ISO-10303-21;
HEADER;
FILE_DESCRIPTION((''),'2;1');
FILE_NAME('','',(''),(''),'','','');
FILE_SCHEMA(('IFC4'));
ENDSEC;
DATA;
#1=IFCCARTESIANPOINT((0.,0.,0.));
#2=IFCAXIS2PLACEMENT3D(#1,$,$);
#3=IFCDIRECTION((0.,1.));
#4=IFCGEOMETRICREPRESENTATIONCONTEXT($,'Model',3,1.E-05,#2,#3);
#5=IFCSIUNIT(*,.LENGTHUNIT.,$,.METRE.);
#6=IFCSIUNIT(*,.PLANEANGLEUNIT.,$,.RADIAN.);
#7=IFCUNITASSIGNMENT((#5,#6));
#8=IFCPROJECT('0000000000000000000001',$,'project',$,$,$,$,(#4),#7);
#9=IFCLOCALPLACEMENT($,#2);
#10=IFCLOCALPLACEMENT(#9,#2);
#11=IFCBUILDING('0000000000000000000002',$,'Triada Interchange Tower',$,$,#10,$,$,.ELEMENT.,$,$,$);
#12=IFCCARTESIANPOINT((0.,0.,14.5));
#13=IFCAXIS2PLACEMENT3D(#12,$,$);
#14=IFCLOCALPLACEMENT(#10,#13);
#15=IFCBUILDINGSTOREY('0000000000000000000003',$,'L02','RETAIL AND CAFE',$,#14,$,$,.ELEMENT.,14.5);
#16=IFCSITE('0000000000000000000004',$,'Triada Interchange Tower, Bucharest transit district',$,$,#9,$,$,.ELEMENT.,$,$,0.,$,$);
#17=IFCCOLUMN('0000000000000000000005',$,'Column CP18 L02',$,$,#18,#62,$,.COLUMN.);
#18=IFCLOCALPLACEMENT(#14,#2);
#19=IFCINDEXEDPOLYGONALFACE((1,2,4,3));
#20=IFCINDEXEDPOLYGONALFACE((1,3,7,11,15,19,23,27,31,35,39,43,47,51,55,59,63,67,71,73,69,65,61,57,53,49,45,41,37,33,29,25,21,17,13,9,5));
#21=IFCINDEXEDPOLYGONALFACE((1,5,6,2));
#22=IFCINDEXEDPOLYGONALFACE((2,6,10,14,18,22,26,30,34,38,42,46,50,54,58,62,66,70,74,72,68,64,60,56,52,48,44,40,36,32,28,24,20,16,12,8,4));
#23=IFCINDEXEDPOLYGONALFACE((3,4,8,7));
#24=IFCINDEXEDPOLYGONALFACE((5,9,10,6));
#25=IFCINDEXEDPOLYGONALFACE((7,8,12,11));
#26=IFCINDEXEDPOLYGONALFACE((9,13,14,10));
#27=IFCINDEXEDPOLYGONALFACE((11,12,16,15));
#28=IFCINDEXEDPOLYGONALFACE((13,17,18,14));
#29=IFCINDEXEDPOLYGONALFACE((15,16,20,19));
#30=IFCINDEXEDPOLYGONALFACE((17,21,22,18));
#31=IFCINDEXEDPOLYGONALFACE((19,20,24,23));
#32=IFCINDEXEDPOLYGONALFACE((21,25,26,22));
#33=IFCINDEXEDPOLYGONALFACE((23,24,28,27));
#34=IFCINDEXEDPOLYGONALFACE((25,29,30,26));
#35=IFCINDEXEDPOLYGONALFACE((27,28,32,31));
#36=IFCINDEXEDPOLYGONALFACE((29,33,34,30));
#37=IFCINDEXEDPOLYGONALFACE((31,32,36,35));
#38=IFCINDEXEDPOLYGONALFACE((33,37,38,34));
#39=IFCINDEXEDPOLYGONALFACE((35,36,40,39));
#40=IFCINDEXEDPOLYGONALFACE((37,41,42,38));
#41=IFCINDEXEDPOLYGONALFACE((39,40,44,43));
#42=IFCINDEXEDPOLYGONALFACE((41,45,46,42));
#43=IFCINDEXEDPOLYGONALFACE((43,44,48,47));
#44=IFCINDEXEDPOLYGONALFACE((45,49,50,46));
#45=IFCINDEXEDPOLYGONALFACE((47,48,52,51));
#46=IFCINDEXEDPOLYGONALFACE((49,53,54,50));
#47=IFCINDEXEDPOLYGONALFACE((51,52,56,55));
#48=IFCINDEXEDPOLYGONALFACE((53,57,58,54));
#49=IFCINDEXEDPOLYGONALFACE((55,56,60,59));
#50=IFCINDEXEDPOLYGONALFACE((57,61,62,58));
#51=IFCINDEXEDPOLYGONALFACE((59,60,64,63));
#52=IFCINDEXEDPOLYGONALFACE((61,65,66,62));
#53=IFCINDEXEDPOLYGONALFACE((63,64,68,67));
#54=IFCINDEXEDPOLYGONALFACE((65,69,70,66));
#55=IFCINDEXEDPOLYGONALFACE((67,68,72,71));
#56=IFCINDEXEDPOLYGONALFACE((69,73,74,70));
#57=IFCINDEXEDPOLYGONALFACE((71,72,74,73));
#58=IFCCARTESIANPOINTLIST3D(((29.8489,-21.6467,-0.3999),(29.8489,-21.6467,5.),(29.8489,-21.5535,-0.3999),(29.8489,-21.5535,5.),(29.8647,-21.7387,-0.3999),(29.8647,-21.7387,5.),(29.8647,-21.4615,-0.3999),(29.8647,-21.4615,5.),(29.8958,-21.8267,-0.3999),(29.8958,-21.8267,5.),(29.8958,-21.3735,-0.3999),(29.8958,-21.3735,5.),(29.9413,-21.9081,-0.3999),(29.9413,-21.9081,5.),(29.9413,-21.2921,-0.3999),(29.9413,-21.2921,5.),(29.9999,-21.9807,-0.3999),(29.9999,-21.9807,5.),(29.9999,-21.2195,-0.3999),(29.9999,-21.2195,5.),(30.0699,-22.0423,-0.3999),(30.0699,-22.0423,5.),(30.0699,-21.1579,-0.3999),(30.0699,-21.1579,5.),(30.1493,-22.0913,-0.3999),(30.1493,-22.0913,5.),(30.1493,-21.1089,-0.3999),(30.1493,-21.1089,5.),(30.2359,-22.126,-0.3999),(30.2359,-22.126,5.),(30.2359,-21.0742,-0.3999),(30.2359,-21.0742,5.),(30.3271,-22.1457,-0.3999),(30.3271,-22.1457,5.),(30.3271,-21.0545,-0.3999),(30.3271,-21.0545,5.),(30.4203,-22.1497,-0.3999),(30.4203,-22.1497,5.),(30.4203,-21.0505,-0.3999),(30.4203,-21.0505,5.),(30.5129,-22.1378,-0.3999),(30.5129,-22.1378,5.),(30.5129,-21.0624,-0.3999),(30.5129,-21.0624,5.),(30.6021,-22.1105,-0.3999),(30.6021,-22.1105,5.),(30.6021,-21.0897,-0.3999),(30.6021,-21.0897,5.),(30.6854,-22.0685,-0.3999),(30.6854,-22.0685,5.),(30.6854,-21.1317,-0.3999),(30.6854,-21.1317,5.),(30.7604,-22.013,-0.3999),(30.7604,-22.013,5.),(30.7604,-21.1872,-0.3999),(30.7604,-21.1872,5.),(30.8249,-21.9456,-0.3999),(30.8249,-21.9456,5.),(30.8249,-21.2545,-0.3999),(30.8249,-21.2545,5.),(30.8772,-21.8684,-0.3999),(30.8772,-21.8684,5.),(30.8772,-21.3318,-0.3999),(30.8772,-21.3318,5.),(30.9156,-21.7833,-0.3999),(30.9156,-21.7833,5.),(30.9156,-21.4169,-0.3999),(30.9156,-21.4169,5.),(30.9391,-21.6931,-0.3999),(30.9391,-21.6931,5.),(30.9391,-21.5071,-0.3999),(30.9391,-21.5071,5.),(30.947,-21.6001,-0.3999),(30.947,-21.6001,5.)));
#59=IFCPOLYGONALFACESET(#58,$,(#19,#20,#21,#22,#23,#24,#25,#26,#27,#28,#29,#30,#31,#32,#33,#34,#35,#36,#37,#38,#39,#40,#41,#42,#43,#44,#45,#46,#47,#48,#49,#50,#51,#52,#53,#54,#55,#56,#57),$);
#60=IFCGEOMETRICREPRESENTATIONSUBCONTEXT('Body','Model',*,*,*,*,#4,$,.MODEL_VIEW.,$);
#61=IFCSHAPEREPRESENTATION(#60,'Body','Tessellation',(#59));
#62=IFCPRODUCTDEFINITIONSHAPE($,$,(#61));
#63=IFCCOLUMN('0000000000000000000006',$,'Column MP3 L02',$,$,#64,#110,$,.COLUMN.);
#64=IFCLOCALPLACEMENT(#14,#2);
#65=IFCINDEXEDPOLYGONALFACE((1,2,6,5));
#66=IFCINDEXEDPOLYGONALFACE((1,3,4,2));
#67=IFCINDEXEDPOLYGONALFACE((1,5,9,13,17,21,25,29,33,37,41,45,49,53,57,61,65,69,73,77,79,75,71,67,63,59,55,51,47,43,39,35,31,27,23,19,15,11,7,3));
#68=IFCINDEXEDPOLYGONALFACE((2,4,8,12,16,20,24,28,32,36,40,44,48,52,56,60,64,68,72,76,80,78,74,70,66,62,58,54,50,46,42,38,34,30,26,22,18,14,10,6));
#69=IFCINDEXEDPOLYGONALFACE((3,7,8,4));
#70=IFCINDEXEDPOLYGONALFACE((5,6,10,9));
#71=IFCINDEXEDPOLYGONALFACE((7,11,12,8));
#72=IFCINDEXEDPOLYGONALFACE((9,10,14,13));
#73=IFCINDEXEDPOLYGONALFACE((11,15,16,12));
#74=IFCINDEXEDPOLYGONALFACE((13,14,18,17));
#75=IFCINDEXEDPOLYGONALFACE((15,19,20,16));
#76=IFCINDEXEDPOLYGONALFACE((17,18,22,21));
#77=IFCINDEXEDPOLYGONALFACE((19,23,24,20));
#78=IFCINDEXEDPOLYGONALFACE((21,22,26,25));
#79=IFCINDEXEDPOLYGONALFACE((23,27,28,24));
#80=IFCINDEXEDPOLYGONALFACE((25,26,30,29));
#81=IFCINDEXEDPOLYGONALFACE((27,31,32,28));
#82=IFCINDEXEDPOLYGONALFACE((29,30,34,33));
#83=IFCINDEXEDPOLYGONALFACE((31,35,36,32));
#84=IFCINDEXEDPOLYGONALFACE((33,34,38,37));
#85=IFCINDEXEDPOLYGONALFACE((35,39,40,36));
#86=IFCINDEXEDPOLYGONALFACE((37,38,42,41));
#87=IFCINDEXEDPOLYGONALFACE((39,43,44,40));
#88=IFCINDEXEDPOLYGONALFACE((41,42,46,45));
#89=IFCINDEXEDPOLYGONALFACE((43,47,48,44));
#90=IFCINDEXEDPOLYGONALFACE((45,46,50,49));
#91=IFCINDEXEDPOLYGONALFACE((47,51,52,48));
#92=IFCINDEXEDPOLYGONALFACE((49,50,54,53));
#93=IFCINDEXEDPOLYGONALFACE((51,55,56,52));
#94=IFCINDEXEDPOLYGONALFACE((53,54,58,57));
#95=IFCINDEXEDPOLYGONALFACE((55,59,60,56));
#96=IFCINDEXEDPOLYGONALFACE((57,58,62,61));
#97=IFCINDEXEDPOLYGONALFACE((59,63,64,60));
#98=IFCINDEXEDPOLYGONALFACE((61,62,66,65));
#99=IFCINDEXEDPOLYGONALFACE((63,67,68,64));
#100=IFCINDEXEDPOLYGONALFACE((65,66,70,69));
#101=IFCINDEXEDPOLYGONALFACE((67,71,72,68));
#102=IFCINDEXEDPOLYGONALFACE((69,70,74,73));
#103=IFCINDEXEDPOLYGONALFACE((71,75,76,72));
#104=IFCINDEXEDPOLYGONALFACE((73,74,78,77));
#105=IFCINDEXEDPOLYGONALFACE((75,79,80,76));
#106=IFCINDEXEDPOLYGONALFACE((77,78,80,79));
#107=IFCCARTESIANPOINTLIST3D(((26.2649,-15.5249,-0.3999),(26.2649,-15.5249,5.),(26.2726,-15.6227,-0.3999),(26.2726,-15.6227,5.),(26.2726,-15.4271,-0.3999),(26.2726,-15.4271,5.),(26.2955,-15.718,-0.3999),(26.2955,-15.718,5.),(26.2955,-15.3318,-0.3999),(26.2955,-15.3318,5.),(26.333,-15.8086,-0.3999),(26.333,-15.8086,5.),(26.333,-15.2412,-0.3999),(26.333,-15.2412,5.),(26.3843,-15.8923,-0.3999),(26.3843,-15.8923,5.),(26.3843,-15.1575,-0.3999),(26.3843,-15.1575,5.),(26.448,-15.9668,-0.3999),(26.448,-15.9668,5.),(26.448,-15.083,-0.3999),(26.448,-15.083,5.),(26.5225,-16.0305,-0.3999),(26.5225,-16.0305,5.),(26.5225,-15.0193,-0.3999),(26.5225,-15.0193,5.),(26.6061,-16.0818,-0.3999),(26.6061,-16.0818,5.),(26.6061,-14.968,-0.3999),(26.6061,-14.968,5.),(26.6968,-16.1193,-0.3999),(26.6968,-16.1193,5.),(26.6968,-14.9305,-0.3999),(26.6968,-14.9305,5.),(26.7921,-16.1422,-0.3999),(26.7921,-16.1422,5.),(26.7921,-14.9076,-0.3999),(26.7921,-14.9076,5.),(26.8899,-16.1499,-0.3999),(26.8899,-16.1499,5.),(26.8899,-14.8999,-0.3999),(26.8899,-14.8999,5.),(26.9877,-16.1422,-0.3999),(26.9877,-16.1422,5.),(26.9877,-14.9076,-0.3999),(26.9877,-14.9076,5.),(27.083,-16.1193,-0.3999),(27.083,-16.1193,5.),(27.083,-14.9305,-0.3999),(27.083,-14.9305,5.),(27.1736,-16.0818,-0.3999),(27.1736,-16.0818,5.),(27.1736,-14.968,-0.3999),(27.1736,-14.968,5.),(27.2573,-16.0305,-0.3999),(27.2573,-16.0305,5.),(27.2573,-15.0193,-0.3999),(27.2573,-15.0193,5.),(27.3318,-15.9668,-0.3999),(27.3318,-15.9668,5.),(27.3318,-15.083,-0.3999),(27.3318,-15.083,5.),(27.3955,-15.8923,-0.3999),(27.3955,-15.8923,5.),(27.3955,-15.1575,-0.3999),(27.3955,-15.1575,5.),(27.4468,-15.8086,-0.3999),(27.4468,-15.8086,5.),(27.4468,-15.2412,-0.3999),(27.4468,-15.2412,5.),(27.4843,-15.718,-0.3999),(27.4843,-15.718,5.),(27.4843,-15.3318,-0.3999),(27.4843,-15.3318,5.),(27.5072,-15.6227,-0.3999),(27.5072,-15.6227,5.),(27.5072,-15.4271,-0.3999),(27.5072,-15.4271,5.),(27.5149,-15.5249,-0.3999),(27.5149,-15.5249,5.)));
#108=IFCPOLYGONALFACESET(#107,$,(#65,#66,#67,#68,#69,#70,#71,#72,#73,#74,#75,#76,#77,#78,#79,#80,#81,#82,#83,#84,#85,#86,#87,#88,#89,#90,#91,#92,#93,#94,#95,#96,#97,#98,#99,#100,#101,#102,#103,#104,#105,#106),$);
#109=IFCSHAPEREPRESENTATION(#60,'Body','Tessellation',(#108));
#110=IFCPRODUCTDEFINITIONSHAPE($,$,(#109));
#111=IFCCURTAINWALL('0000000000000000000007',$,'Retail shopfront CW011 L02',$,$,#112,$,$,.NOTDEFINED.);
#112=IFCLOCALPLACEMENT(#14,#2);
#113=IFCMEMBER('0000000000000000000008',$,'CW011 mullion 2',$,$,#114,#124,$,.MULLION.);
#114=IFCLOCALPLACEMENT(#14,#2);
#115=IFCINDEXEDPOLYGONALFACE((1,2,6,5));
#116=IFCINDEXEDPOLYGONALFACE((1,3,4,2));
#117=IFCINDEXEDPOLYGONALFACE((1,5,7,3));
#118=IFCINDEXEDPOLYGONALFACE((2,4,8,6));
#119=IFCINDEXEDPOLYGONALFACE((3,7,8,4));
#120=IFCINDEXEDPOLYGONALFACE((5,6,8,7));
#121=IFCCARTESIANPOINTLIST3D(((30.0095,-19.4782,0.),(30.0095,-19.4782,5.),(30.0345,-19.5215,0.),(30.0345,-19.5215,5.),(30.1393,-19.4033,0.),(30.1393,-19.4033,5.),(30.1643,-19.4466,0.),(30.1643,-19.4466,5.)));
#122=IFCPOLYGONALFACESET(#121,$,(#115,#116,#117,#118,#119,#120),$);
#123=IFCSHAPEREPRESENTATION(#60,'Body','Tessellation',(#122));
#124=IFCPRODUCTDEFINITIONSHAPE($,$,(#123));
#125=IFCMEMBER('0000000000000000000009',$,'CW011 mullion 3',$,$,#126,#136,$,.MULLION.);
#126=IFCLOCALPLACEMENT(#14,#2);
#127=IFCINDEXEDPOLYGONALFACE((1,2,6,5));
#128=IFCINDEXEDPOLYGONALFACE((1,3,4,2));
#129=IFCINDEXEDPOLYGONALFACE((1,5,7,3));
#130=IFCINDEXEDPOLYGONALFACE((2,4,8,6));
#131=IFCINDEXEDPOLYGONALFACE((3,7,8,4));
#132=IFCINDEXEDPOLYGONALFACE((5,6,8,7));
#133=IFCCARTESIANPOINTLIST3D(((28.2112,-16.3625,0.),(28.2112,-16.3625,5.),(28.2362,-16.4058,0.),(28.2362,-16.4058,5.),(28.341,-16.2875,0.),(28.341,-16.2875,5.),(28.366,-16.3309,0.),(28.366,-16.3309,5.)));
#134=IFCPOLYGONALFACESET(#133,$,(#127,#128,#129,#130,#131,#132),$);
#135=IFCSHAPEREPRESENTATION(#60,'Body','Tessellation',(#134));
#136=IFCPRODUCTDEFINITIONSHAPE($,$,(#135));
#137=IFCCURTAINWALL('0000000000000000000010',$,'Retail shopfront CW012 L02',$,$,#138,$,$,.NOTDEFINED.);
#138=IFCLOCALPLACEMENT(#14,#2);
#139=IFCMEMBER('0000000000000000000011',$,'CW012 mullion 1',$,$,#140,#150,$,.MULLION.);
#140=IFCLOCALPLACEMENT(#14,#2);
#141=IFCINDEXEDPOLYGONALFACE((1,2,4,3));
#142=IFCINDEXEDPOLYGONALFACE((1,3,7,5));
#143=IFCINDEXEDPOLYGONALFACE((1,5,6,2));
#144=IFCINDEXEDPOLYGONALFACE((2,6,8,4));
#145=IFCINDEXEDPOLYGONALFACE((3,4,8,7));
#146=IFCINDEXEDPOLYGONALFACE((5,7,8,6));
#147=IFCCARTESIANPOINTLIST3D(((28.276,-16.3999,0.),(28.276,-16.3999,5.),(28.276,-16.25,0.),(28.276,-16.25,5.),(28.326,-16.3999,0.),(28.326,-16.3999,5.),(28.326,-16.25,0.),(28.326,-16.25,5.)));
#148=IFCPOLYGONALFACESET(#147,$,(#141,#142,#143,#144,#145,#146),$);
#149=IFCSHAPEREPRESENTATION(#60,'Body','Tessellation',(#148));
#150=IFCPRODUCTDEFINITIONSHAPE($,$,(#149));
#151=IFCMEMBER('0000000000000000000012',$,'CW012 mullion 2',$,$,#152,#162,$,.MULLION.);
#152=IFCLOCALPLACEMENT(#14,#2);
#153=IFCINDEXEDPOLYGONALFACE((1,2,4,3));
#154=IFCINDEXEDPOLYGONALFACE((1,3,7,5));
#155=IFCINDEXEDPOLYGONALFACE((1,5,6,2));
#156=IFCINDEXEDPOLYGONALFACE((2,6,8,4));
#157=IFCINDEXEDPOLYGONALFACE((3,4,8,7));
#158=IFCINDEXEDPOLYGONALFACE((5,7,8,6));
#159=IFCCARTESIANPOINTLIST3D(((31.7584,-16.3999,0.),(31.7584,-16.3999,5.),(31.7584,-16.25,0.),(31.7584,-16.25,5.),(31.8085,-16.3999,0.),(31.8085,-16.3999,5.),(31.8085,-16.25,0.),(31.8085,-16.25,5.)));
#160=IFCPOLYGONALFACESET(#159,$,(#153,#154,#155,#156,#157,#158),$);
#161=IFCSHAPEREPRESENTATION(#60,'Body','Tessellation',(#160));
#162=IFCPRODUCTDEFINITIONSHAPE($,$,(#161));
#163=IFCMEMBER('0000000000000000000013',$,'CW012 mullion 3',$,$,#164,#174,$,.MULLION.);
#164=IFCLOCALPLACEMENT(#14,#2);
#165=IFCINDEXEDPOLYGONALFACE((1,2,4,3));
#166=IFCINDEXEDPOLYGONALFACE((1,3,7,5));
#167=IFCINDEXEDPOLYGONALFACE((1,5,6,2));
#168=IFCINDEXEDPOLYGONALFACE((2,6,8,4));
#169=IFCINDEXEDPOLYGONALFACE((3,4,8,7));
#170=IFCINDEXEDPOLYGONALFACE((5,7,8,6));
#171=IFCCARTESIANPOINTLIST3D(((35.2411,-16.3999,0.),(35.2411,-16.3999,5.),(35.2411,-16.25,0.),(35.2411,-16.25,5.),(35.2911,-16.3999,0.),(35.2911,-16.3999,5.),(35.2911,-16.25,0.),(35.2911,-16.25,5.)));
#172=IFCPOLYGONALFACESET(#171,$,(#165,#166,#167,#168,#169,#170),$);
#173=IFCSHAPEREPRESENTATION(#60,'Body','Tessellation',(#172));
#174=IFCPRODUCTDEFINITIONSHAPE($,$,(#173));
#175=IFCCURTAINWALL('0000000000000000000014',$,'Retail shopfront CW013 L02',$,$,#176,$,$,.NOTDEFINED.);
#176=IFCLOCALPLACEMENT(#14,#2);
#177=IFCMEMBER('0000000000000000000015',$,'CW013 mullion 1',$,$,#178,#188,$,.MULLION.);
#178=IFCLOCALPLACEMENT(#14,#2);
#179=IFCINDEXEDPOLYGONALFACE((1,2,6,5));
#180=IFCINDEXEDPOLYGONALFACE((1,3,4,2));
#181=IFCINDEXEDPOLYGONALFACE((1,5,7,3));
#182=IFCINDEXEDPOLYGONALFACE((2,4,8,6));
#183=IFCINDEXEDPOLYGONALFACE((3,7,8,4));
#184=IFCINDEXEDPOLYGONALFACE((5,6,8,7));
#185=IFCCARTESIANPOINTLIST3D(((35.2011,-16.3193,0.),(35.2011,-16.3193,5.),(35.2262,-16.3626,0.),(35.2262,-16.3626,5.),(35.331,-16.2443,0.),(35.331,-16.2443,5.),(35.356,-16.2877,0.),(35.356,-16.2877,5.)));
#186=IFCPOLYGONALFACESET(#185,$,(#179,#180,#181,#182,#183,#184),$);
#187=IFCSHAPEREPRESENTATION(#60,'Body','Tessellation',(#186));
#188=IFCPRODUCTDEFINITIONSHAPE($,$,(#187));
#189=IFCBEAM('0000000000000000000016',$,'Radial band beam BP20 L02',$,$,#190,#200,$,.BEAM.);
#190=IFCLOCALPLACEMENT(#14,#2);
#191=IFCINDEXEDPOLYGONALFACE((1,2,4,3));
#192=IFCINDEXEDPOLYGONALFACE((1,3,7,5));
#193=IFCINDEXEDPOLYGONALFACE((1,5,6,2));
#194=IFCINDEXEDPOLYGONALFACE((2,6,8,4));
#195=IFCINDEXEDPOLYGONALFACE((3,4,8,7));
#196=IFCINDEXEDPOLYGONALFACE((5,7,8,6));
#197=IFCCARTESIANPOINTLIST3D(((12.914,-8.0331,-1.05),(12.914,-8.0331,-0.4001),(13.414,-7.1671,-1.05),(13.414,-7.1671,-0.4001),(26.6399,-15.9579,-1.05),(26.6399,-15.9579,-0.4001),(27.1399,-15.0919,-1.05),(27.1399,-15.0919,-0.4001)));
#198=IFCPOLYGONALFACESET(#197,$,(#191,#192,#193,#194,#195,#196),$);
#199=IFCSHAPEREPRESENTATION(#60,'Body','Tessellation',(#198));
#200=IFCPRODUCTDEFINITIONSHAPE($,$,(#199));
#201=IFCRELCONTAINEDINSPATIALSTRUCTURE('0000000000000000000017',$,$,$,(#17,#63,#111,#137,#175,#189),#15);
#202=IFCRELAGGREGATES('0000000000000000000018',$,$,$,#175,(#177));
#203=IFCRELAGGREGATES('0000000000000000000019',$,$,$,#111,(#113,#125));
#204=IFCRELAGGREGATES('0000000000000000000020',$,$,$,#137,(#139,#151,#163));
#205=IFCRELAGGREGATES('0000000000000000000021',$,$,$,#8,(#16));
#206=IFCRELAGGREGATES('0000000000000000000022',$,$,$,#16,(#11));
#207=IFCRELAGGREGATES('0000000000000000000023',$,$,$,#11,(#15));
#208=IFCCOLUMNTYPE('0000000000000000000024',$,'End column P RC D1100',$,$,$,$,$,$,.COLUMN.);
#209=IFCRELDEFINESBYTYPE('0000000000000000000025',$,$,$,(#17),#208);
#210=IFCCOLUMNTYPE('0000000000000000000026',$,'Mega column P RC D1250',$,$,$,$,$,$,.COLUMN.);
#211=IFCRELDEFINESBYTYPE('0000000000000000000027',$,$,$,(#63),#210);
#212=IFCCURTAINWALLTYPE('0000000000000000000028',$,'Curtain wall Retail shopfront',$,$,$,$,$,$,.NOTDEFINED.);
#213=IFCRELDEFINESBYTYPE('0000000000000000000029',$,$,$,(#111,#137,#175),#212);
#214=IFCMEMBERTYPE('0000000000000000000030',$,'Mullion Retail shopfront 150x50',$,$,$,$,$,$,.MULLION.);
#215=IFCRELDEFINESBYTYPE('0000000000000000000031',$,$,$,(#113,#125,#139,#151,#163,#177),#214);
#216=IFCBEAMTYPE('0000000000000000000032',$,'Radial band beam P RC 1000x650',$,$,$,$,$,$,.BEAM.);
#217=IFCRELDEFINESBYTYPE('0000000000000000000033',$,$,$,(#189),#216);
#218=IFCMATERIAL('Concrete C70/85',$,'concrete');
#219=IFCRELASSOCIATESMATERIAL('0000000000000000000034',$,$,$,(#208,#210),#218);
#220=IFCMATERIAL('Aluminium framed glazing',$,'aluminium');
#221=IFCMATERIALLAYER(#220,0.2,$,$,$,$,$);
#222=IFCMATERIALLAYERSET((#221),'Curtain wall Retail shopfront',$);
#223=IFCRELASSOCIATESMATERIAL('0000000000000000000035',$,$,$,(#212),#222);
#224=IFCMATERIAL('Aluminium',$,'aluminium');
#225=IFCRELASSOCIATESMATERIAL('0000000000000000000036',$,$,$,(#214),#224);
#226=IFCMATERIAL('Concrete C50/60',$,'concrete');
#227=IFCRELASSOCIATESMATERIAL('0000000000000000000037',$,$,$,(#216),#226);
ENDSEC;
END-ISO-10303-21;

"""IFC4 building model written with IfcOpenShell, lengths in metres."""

from ifc_helpers import new_model, si_unit, direction, frame, origin, origin_2d, place, context, subcontext, project, spatial, rectangle, circle, extrude, material, layer, layer_set, material_profile, profile_set, type_object, element, aggregate, save


model = new_model("IFC4")

# Units and contexts
model_context = context("Model", 3, precision=1e-05, world=origin(), true_north=direction((0.0, 1.0)))
body_context = subcontext(model_context, "Body", "Model", "MODEL_VIEW")
ifc_project = project(units=[si_unit("LENGTHUNIT", "METRE"), si_unit("PLANEANGLEUNIT", "RADIAN")], contexts=[model_context])

# Site, building, storey
site_placement = place(None, origin())
site = spatial("IfcSite", under=ifc_project, at=site_placement, Name="Triada Interchange Tower, Bucharest transit district", CompositionType="ELEMENT", RefElevation=0.0)
building_placement = place(site_placement, origin())
building = spatial("IfcBuilding", under=site, at=building_placement, Name="Triada Interchange Tower", CompositionType="ELEMENT")
storey_placement = place(building_placement, frame((0.0, 0.0, 14.5)))
storey = spatial("IfcBuildingStorey", under=building, at=storey_placement, Name="L02", Description="RETAIL AND CAFE", CompositionType="ELEMENT", Elevation=14.5)

# Columns
ifc_material_1 = material(Name="Concrete C70/85", Category="concrete")
ifc_material_profile_1 = material_profile(ifc_material_1, circle(Radius=0.55, at=origin_2d()), Name="RC D1100")
ifc_profile_set_1 = profile_set([ifc_material_profile_1], Name="Concrete C70/85")
column_type_1 = type_object("IfcColumnType", Name="End column P RC D1100", PredefinedType="COLUMN", material=ifc_profile_set_1)
column_1_placement = place(storey_placement, frame((30.397, -21.6001, -0.3999), z_axis=(0.0, 0.0, 1.0), x_axis=(1.0, 0.0, 0.0)))
element("IfcColumn", 1, at=column_1_placement, inside=storey, type_object=column_type_1, Name="Column CP18 L02", PredefinedType="COLUMN", context=body_context, shape_type="SweptSolid", body=[
    extrude(circle(Radius=0.55, at=origin_2d()), origin(), (0.0, 0.0, 1.0), 5.3999),
])
ifc_material_profile_2 = material_profile(ifc_material_1, circle(Radius=0.625, at=origin_2d()), Name="RC D1250")
ifc_profile_set_2 = profile_set([ifc_material_profile_2], Name="Concrete C70/85")
column_type_2 = type_object("IfcColumnType", Name="Mega column P RC D1250", PredefinedType="COLUMN", material=ifc_profile_set_2)
column_2_placement = place(storey_placement, frame((26.8899, -15.5249, -0.3999), z_axis=(0.0, 0.0, 1.0), x_axis=(1.0, 0.0, 0.0)))
element("IfcColumn", 2, at=column_2_placement, inside=storey, type_object=column_type_2, Name="Column MP3 L02", PredefinedType="COLUMN", context=body_context, shape_type="SweptSolid", body=[
    extrude(circle(Radius=0.625, at=origin_2d()), origin(), (0.0, 0.0, 1.0), 5.3999),
])

# Curtain walls, members
ifc_material_2 = material(Name="Aluminium framed glazing", Category="aluminium")
ifc_layer_1 = layer(ifc_material_2, 0.2)
ifc_layer_set_1 = layer_set([ifc_layer_1], Name="Curtain wall Retail shopfront")
curtain_wall_type = type_object("IfcCurtainWallType", Name="Curtain wall Retail shopfront", PredefinedType="NOTDEFINED", material=ifc_layer_set_1)
curtain_wall_1_placement = place(storey_placement, origin())
curtain_wall_1 = element("IfcCurtainWall", 3, at=curtain_wall_1_placement, inside=storey, type_object=curtain_wall_type, Name="Retail shopfront CW011 L02", PredefinedType="NOTDEFINED")
ifc_material_3 = material(Name="Aluminium", Category="aluminium")
ifc_material_profile_3 = material_profile(ifc_material_3, rectangle(XDim=0.1499, YDim=0.05, at=origin_2d()), Name="Aluminium mullion")
ifc_profile_set_3 = profile_set([ifc_material_profile_3], Name="Aluminium")
member_type_1 = type_object("IfcMemberType", Name="Mullion Retail shopfront 150x50", PredefinedType="MULLION", material=ifc_profile_set_3)
member_1_placement = place(storey_placement, frame((30.0869, -19.4624, 0.0), z_axis=(0.0, 0.0, 1.0), x_axis=(-0.866078, -0.49991, 0.0)))
member_1 = element("IfcMember", 4, at=member_1_placement, type_object=member_type_1, Name="CW011 mullion 2", PredefinedType="MULLION", context=body_context, shape_type="SweptSolid", body=[
    extrude(rectangle(XDim=0.1499, YDim=0.05, at=origin_2d()), origin(), (0.0, 0.0, 1.0), 5.0),
])
member_2_placement = place(storey_placement, frame((28.2886, -16.3467, 0.0), z_axis=(0.0, 0.0, 1.0), x_axis=(-0.866078, -0.49991, 0.0)))
member_2 = element("IfcMember", 5, at=member_2_placement, type_object=member_type_1, Name="CW011 mullion 3", PredefinedType="MULLION", context=body_context, shape_type="SweptSolid", body=[
    extrude(rectangle(XDim=0.1499, YDim=0.05, at=origin_2d()), origin(), (0.0, 0.0, 1.0), 5.0),
])
curtain_wall_2_placement = place(storey_placement, origin())
curtain_wall_2 = element("IfcCurtainWall", 6, at=curtain_wall_2_placement, inside=storey, type_object=curtain_wall_type, Name="Retail shopfront CW012 L02", PredefinedType="NOTDEFINED")
member_3_placement = place(storey_placement, frame((28.301, -16.325, 0.0), z_axis=(0.0, 0.0, 1.0), x_axis=(0.0, 1.0, 0.0)))
member_3 = element("IfcMember", 7, at=member_3_placement, type_object=member_type_1, Name="CW012 mullion 1", PredefinedType="MULLION", context=body_context, shape_type="SweptSolid", body=[
    extrude(rectangle(XDim=0.1499, YDim=0.05, at=origin_2d()), origin(), (0.0, 0.0, 1.0), 5.0),
])
member_4_placement = place(storey_placement, frame((31.7834, -16.325, 0.0), z_axis=(0.0, 0.0, 1.0), x_axis=(0.0, 1.0, 0.0)))
member_4 = element("IfcMember", 8, at=member_4_placement, type_object=member_type_1, Name="CW012 mullion 2", PredefinedType="MULLION", context=body_context, shape_type="SweptSolid", body=[
    extrude(rectangle(XDim=0.1499, YDim=0.05, at=origin_2d()), origin(), (0.0, 0.0, 1.0), 5.0),
])
member_5_placement = place(storey_placement, frame((35.2661, -16.325, 0.0), z_axis=(0.0, 0.0, 1.0), x_axis=(0.0, 1.0, 0.0)))
member_5 = element("IfcMember", 9, at=member_5_placement, type_object=member_type_1, Name="CW012 mullion 3", PredefinedType="MULLION", context=body_context, shape_type="SweptSolid", body=[
    extrude(rectangle(XDim=0.1499, YDim=0.05, at=origin_2d()), origin(), (0.0, 0.0, 1.0), 5.0),
])

# Curtain wall, member
curtain_wall_3_placement = place(storey_placement, origin())
curtain_wall_3 = element("IfcCurtainWall", 10, at=curtain_wall_3_placement, inside=storey, type_object=curtain_wall_type, Name="Retail shopfront CW013 L02", PredefinedType="NOTDEFINED")
member_6_placement = place(storey_placement, frame((35.2786, -16.3035, 0.0), z_axis=(0.0, 0.0, 1.0), x_axis=(-0.866049, -0.499959, 0.0)))
member_6 = element("IfcMember", 11, at=member_6_placement, type_object=member_type_1, Name="CW013 mullion 1", PredefinedType="MULLION", context=body_context, shape_type="SweptSolid", body=[
    extrude(rectangle(XDim=0.1499, YDim=0.05, at=origin_2d()), origin(), (0.0, 0.0, 1.0), 5.0),
])

# Beam
ifc_material_4 = material(Name="Concrete C50/60", Category="concrete")
ifc_material_profile_4 = material_profile(ifc_material_4, rectangle(XDim=1.0, YDim=0.6499, at=origin_2d()), Name="RC 1000x650")
ifc_profile_set_4 = profile_set([ifc_material_profile_4], Name="Concrete C50/60")
beam_type_1 = type_object("IfcBeamType", Name="Radial band beam P RC 1000x650", PredefinedType="BEAM", material=ifc_profile_set_4)
beam_1_placement = place(storey_placement, frame((26.8899, -15.5249, -0.7251), z_axis=(-0.86602, 0.500009, 0.0), x_axis=(-0.500009, -0.86602, 0.0)))
element("IfcBeam", 12, at=beam_1_placement, inside=storey, type_object=beam_type_1, Name="Radial band beam BP20 L02", PredefinedType="BEAM", context=body_context, shape_type="SweptSolid", body=[
    extrude(rectangle(XDim=1.0, YDim=0.6499, at=origin_2d()), origin(), (0.0, 0.0, 1.0), 15.8494),
])

aggregate(curtain_wall_3, [member_6])

aggregate(curtain_wall_1, [member_1, member_2])
aggregate(curtain_wall_2, [member_3, member_4, member_5])

save(model, "model.ifc")
